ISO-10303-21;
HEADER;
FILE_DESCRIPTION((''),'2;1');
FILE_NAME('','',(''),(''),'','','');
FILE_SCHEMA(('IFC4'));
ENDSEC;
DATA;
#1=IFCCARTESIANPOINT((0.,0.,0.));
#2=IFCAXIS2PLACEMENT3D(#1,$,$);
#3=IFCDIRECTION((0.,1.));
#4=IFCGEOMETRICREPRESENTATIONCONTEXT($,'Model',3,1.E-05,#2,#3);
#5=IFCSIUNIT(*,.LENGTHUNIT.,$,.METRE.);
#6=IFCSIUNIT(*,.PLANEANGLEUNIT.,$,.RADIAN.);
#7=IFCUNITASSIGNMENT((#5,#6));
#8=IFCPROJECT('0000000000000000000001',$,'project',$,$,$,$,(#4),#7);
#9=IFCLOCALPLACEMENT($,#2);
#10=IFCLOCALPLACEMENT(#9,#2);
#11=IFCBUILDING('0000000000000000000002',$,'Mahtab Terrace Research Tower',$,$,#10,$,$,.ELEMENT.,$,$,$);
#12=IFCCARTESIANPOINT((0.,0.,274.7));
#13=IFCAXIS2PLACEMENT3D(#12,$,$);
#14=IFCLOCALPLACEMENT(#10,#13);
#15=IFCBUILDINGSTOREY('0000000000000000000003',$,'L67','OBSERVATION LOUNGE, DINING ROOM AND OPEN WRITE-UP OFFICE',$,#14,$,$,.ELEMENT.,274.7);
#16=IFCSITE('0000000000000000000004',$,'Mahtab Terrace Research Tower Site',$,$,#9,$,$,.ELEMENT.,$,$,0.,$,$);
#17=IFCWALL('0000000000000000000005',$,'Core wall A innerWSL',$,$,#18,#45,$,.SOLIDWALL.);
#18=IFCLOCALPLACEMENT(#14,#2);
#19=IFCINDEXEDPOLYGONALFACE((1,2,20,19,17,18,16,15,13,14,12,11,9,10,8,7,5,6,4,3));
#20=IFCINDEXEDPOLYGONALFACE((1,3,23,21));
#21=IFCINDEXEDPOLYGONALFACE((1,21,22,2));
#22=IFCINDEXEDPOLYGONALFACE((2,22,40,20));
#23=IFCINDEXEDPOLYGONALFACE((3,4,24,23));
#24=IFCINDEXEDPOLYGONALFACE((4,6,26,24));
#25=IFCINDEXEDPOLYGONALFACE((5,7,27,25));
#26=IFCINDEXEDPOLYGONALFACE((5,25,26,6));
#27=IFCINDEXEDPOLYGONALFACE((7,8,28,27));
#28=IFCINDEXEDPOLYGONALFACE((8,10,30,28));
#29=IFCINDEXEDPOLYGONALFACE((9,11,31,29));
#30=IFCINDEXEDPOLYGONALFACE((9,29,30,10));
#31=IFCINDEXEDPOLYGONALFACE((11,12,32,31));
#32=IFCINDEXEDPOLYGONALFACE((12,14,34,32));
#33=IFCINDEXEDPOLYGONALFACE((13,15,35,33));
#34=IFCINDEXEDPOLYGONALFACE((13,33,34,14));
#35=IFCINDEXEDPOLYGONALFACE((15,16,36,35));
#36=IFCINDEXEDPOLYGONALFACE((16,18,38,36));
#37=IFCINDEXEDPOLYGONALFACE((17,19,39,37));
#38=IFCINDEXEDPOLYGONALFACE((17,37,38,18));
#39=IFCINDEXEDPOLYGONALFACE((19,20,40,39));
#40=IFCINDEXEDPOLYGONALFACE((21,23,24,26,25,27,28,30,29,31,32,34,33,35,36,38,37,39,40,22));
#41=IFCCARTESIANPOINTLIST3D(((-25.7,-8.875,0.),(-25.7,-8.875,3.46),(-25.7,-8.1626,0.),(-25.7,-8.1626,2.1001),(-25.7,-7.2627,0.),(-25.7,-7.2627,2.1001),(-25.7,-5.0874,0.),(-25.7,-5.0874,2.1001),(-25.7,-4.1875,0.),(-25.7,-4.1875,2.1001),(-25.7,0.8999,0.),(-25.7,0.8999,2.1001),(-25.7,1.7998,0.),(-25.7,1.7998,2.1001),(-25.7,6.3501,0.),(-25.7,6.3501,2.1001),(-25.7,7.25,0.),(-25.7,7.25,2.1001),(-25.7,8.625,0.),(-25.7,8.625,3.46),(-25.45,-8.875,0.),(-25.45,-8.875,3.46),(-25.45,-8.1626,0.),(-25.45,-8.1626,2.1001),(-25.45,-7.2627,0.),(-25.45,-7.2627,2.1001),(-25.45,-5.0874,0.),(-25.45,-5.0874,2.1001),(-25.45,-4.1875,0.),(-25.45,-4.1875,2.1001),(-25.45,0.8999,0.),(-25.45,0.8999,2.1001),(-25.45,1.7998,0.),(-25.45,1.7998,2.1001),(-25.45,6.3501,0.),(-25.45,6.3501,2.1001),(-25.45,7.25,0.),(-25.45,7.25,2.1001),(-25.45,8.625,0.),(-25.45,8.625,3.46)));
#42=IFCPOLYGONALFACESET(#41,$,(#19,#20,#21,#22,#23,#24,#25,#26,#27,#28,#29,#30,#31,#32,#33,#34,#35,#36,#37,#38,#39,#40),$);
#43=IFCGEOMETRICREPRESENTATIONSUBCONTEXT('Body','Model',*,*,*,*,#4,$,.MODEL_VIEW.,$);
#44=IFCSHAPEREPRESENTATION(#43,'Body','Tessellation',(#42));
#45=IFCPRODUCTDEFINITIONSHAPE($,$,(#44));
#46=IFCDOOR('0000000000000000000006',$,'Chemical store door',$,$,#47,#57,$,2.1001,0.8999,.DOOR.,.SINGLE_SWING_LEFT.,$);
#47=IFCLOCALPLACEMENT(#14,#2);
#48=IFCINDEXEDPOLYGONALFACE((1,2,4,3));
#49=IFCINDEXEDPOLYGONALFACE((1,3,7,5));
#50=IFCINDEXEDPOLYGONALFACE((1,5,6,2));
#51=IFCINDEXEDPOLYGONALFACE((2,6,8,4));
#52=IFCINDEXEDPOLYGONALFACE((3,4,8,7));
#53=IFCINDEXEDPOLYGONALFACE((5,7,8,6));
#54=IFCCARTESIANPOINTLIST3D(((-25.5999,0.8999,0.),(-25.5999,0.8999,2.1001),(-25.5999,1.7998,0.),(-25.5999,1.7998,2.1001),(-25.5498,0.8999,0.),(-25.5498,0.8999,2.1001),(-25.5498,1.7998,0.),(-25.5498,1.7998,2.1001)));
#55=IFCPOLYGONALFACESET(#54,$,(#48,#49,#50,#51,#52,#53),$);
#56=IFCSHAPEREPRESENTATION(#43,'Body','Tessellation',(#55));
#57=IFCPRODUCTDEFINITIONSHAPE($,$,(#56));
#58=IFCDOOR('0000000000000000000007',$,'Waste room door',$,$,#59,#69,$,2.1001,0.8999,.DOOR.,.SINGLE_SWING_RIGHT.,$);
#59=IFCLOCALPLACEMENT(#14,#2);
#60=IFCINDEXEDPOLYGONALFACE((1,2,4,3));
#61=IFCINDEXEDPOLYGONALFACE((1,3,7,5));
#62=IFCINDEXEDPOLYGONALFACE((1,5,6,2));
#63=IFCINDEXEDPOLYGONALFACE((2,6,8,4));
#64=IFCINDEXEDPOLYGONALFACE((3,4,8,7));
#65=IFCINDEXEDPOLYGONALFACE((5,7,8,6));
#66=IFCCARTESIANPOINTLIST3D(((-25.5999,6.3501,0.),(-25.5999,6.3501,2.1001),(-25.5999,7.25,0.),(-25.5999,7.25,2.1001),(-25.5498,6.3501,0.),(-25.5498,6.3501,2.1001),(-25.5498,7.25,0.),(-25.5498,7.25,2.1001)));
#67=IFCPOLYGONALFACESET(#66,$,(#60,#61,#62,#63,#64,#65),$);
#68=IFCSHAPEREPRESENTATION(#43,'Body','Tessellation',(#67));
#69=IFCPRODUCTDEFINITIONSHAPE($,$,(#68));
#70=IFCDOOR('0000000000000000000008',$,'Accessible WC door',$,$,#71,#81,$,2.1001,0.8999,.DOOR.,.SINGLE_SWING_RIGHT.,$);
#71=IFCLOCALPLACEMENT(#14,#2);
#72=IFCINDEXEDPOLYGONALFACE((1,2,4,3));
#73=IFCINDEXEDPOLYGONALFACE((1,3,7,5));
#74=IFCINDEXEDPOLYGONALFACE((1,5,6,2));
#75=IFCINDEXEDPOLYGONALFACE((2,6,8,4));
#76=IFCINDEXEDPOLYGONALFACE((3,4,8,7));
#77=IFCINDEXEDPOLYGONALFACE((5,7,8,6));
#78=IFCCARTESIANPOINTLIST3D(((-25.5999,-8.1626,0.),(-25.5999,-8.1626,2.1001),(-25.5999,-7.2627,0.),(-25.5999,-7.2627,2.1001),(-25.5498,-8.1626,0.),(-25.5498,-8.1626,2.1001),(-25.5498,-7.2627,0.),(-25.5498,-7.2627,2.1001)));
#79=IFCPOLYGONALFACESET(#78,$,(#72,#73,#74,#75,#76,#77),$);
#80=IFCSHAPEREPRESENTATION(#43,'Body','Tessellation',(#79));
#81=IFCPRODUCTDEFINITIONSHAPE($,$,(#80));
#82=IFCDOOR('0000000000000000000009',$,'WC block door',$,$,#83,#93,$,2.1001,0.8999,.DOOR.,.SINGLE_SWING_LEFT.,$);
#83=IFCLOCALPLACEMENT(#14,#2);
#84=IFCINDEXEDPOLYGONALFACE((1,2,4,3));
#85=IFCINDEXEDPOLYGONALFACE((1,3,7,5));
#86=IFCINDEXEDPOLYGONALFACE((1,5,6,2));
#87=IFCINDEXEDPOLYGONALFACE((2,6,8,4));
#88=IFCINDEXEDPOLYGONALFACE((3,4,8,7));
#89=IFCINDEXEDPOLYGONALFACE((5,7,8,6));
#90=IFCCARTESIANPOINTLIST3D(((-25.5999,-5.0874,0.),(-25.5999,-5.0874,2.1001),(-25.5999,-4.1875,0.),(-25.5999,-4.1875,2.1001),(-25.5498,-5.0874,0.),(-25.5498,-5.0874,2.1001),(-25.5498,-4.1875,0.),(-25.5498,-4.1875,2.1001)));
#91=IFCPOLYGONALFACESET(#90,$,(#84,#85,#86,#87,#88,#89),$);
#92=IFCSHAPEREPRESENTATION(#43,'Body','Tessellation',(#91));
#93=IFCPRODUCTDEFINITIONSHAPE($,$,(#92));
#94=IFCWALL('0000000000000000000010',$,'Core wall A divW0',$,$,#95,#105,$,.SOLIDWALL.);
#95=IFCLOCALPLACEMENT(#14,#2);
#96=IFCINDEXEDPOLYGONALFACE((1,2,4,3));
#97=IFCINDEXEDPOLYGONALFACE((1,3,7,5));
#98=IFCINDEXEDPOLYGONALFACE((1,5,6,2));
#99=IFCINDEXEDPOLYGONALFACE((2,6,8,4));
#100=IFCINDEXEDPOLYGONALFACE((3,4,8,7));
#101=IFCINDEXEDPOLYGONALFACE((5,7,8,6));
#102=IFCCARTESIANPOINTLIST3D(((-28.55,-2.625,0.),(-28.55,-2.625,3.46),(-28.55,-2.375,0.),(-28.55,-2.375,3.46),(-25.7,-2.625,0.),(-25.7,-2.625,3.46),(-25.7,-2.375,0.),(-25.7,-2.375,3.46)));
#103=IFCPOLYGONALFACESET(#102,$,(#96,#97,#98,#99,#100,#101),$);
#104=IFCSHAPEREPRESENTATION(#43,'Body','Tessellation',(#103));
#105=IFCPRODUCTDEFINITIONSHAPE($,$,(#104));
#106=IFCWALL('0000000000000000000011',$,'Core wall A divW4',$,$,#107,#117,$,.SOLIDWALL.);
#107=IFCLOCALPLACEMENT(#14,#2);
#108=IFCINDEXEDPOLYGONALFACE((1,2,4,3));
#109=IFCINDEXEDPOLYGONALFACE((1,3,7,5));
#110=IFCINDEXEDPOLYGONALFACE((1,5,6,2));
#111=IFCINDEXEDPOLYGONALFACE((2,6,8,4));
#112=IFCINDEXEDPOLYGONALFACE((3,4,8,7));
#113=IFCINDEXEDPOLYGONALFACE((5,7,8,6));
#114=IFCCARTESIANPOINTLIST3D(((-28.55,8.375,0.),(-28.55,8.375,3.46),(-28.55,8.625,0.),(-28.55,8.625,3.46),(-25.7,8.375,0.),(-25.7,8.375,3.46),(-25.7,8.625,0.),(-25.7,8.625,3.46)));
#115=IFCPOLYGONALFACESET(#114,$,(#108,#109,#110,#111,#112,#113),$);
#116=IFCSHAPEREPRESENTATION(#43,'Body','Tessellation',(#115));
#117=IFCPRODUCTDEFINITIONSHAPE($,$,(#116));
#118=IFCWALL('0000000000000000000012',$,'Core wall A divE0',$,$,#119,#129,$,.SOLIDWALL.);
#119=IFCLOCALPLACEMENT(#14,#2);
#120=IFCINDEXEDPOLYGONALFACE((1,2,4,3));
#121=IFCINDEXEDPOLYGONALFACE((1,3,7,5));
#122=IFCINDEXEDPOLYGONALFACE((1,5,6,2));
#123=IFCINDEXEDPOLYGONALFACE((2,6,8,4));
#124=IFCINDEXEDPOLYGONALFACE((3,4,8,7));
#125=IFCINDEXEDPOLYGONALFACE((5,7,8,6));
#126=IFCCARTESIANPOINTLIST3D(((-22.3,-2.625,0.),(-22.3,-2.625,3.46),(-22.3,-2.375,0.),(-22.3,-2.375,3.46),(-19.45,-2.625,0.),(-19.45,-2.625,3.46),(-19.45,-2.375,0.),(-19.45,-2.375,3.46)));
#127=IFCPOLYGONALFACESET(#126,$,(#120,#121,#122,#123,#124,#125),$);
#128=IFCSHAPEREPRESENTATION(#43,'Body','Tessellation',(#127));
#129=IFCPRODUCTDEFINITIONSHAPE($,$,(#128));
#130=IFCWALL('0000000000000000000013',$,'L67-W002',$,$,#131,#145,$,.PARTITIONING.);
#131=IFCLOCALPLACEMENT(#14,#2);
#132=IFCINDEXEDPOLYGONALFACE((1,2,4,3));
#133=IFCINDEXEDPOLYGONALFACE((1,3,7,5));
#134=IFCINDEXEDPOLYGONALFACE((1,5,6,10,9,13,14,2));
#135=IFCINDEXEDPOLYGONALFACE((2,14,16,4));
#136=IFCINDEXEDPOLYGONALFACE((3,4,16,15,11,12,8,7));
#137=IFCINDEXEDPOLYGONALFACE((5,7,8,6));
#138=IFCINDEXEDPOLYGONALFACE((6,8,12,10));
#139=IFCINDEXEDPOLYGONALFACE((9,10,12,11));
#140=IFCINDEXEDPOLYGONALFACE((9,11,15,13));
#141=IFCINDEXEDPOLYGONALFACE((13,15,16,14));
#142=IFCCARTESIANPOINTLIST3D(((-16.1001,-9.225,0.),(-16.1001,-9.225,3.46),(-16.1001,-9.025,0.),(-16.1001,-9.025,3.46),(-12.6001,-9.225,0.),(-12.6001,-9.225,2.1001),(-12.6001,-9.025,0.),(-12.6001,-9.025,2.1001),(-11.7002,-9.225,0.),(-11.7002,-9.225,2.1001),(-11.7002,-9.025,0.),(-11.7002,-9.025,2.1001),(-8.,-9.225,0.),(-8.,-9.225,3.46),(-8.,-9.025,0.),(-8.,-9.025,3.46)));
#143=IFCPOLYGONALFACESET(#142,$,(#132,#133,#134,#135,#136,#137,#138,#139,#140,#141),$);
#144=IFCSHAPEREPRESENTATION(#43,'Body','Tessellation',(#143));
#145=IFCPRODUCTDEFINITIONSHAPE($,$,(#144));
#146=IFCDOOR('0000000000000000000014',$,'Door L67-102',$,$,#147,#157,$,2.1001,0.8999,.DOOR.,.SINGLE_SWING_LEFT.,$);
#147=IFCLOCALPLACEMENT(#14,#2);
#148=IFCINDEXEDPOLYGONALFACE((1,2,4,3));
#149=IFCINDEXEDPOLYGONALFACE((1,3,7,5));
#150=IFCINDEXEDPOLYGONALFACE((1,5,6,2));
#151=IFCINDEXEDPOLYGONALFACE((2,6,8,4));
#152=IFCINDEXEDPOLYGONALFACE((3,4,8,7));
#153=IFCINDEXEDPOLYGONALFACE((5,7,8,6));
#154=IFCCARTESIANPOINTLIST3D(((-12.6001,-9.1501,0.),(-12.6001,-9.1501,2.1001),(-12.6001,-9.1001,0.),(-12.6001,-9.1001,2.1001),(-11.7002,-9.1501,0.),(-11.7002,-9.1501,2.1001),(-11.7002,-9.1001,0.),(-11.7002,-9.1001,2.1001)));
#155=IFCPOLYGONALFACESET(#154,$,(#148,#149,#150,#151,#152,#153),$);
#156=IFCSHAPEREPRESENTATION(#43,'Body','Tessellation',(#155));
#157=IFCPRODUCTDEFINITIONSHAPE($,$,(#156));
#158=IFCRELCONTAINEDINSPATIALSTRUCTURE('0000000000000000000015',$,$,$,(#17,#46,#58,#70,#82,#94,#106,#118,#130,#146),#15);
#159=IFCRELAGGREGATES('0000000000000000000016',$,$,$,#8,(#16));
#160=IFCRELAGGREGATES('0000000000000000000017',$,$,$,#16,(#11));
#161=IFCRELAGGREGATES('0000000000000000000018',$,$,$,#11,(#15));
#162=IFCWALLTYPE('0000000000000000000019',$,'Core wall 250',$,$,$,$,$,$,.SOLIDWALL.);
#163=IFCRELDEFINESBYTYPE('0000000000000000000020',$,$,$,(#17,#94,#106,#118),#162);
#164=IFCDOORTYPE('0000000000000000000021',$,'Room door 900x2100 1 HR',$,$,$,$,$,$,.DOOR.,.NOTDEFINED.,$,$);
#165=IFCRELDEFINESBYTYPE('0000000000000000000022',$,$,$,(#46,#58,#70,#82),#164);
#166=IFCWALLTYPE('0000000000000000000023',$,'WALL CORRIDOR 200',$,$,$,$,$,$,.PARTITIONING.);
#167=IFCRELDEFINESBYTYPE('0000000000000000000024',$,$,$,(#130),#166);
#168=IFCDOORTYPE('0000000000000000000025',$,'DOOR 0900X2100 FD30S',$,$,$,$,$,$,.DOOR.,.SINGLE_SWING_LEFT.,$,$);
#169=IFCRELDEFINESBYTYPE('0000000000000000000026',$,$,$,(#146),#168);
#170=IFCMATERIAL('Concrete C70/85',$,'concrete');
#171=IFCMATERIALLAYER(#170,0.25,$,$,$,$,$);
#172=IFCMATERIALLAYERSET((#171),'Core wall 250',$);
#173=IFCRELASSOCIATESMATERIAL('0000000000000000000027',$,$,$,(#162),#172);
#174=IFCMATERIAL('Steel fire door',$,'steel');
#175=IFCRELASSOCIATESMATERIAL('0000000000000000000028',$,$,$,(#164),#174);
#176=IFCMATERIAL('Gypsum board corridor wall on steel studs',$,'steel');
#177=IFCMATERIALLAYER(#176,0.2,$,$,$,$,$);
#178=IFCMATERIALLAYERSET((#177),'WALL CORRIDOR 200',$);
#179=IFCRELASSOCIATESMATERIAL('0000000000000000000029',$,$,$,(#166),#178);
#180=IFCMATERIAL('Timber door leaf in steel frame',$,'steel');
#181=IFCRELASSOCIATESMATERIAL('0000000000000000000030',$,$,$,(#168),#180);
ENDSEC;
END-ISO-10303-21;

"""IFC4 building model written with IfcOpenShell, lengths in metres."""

from ifc_helpers import new_model, si_unit, direction, frame, frame_2d, origin, place, context, subcontext, project, spatial, rectangle, extrude, material, layer, layer_set, type_object, element, fill, save


model = new_model("IFC4")

# Units and contexts
model_context = context("Model", 3, precision=1e-05, world=origin(), true_north=direction((0.0, 1.0)))
body_context = subcontext(model_context, "Body", "Model", "MODEL_VIEW")
ifc_project = project(units=[si_unit("LENGTHUNIT", "METRE"), si_unit("PLANEANGLEUNIT", "RADIAN")], contexts=[model_context])

# Site, building, storey
site_placement = place(None, origin())
site = spatial("IfcSite", under=ifc_project, at=site_placement, Name="Mahtab Terrace Research Tower Site", CompositionType="ELEMENT", RefElevation=0.0)
building_placement = place(site_placement, origin())
building = spatial("IfcBuilding", under=site, at=building_placement, Name="Mahtab Terrace Research Tower", CompositionType="ELEMENT")
storey_placement = place(building_placement, frame((0.0, 0.0, 274.7)))
storey = spatial("IfcBuildingStorey", under=building, at=storey_placement, Name="L67", Description="OBSERVATION LOUNGE, DINING ROOM AND OPEN WRITE-UP OFFICE", CompositionType="ELEMENT", Elevation=274.7)

# Shared definitions
ifc_material_1 = material(Name="Concrete C70/85", Category="concrete")

# Shared definitions
ifc_layer_1 = layer(ifc_material_1, 0.25)
ifc_layer_set_1 = layer_set([ifc_layer_1], Name="Core wall 250")
wall_type_1 = type_object("IfcWallType", Name="Core wall 250", PredefinedType="SOLIDWALL", material=ifc_layer_set_1)

# Shared definitions
ifc_material_2 = material(Name="Steel fire door", Category="steel")

# Wall, openings, doors
wall_1_placement = place(storey_placement, frame((-25.575, -8.875, 0.0), z_axis=(0.0, 0.0, 1.0), x_axis=(0.0, 1.0, 0.0)))
wall_1 = element("IfcWall", 1, at=wall_1_placement, inside=storey, type_object=wall_type_1, Name="Core wall A innerWSL", PredefinedType="SOLIDWALL", context=body_context, shape_type="SweptSolid", body=[
    extrude(rectangle(XDim=17.5, YDim=0.25, at=frame_2d((8.75, 0.0))), origin(), (0.0, 0.0, 1.0), 3.46),
])
opening_1_placement = place(wall_1_placement, frame((9.7749, 0.0, 0.0)))
opening_1 = element("IfcOpeningElement", 2, at=opening_1_placement, cuts=wall_1, PredefinedType="OPENING", context=body_context, shape_type="SweptSolid", body=[
    extrude(rectangle(XDim=0.8999, YDim=2.1001, at=frame_2d((0.45, 1.05))), frame((0.0, 0.135, 0.0), z_axis=(0.0, -1.0, 0.0), x_axis=(1.0, 0.0, 0.0)), (0.0, 0.0, 1.0), 0.27),
])
opening_2_placement = place(wall_1_placement, frame((15.2251, 0.0, 0.0)))
opening_2 = element("IfcOpeningElement", 3, at=opening_2_placement, cuts=wall_1, PredefinedType="OPENING", context=body_context, shape_type="SweptSolid", body=[
    extrude(rectangle(XDim=0.8999, YDim=2.1001, at=frame_2d((0.45, 1.05))), frame((0.0, 0.135, 0.0), z_axis=(0.0, -1.0, 0.0), x_axis=(1.0, 0.0, 0.0)), (0.0, 0.0, 1.0), 0.27),
])
opening_3_placement = place(wall_1_placement, frame((0.7124, 0.0, 0.0)))
opening_3 = element("IfcOpeningElement", 4, at=opening_3_placement, cuts=wall_1, PredefinedType="OPENING", context=body_context, shape_type="SweptSolid", body=[
    extrude(rectangle(XDim=0.8999, YDim=2.1001, at=frame_2d((0.45, 1.05))), frame((0.0, 0.135, 0.0), z_axis=(0.0, -1.0, 0.0), x_axis=(1.0, 0.0, 0.0)), (0.0, 0.0, 1.0), 0.27),
])
opening_4_placement = place(wall_1_placement, frame((3.7876, 0.0, 0.0)))
opening_4 = element("IfcOpeningElement", 5, at=opening_4_placement, cuts=wall_1, PredefinedType="OPENING", context=body_context, shape_type="SweptSolid", body=[
    extrude(rectangle(XDim=0.8999, YDim=2.1001, at=frame_2d((0.45, 1.05))), frame((0.0, 0.135, 0.0), z_axis=(0.0, -1.0, 0.0), x_axis=(1.0, 0.0, 0.0)), (0.0, 0.0, 1.0), 0.27),
])
door_type_1 = type_object("IfcDoorType", Name="Room door 900x2100 1 HR", OperationType="NOTDEFINED", PredefinedType="DOOR", material=ifc_material_2)
door_1_placement = place(opening_1_placement, origin())
door_1 = element("IfcDoor", 6, at=door_1_placement, inside=storey, type_object=door_type_1, Name="Chemical store door", OperationType="SINGLE_SWING_LEFT", OverallHeight=2.1001, OverallWidth=0.8999, PredefinedType="DOOR", context=body_context, shape_type="SweptSolid", body=[
    extrude(rectangle(XDim=0.8999, YDim=2.1001, at=frame_2d((0.45, 1.05))), frame((0.0, 0.0249, 0.0), z_axis=(0.0, -1.0, 0.0), x_axis=(1.0, 0.0, 0.0)), (0.0, 0.0, 1.0), 0.05),
])
fill(opening_1, door_1)
door_2_placement = place(opening_2_placement, origin())
door_2 = element("IfcDoor", 7, at=door_2_placement, inside=storey, type_object=door_type_1, Name="Waste room door", OperationType="SINGLE_SWING_RIGHT", OverallHeight=2.1001, OverallWidth=0.8999, PredefinedType="DOOR", context=body_context, shape_type="SweptSolid", body=[
    extrude(rectangle(XDim=0.8999, YDim=2.1001, at=frame_2d((0.45, 1.05))), frame((0.0, 0.0249, 0.0), z_axis=(0.0, -1.0, 0.0), x_axis=(1.0, 0.0, 0.0)), (0.0, 0.0, 1.0), 0.05),
])
fill(opening_2, door_2)
door_3_placement = place(opening_3_placement, origin())
door_3 = element("IfcDoor", 8, at=door_3_placement, inside=storey, type_object=door_type_1, Name="Accessible WC door", OperationType="SINGLE_SWING_RIGHT", OverallHeight=2.1001, OverallWidth=0.8999, PredefinedType="DOOR", context=body_context, shape_type="SweptSolid", body=[
    extrude(rectangle(XDim=0.8999, YDim=2.1001, at=frame_2d((0.45, 1.05))), frame((0.0, 0.0249, 0.0), z_axis=(0.0, -1.0, 0.0), x_axis=(1.0, 0.0, 0.0)), (0.0, 0.0, 1.0), 0.05),
])
fill(opening_3, door_3)
door_4_placement = place(opening_4_placement, origin())
door_4 = element("IfcDoor", 9, at=door_4_placement, inside=storey, type_object=door_type_1, Name="WC block door", OperationType="SINGLE_SWING_LEFT", OverallHeight=2.1001, OverallWidth=0.8999, PredefinedType="DOOR", context=body_context, shape_type="SweptSolid", body=[
    extrude(rectangle(XDim=0.8999, YDim=2.1001, at=frame_2d((0.45, 1.05))), frame((0.0, 0.0249, 0.0), z_axis=(0.0, -1.0, 0.0), x_axis=(1.0, 0.0, 0.0)), (0.0, 0.0, 1.0), 0.05),
])
fill(opening_4, door_4)

# Walls
for number, where, z_axis, x_axis, name in (
    (10, (-28.55, -2.5, 0.0), (0.0, 0.0, 1.0), (1.0, 0.0, 0.0), "Core wall A divW0"),
    (11, (-28.55, 8.5, 0.0), (0.0, 0.0, 1.0), (1.0, 0.0, 0.0), "Core wall A divW4"),
    (12, (-22.3, -2.5, 0.0), (0.0, 0.0, 1.0), (1.0, 0.0, 0.0), "Core wall A divE0"),
):
    element("IfcWall", number, at=place(storey_placement, frame(where, z_axis=z_axis, x_axis=x_axis)), inside=storey, type_object=wall_type_1, Name=name, PredefinedType="SOLIDWALL", context=body_context, shape_type="SweptSolid", body=[
        extrude(rectangle(XDim=2.8501, YDim=0.25, at=frame_2d((1.425, 0.0))), origin(), (0.0, 0.0, 1.0), 3.46),
    ])

# Wall, opening, door
ifc_material_3 = material(Name="Gypsum board corridor wall on steel studs", Category="steel")
ifc_layer_2 = layer(ifc_material_3, 0.2)
ifc_layer_set_2 = layer_set([ifc_layer_2], Name="WALL CORRIDOR 200")
wall_type_2 = type_object("IfcWallType", Name="WALL CORRIDOR 200", PredefinedType="PARTITIONING", material=ifc_layer_set_2)
wall_2_placement = place(storey_placement, frame((-16.1001, -9.125, 0.0), z_axis=(0.0, 0.0, 1.0), x_axis=(1.0, 0.0, 0.0)))
wall_2 = element("IfcWall", 13, at=wall_2_placement, inside=storey, type_object=wall_type_2, Name="L67-W002", PredefinedType="PARTITIONING", context=body_context, shape_type="SweptSolid", body=[
    extrude(rectangle(XDim=8.1001, YDim=0.2, at=frame_2d((4.05, 0.0))), origin(), (0.0, 0.0, 1.0), 3.46),
])
opening_5_placement = place(wall_2_placement, frame((3.5, 0.0, 0.0)))
opening_5 = element("IfcOpeningElement", 14, at=opening_5_placement, cuts=wall_2, PredefinedType="OPENING", context=body_context, shape_type="SweptSolid", body=[
    extrude(rectangle(XDim=0.8999, YDim=2.1001, at=frame_2d((0.45, 1.05))), frame((0.0, 0.1099, 0.0), z_axis=(0.0, -1.0, 0.0), x_axis=(1.0, 0.0, 0.0)), (0.0, 0.0, 1.0), 0.22),
])
ifc_material_4 = material(Name="Timber door leaf in steel frame", Category="steel")
door_type_2 = type_object("IfcDoorType", Name="DOOR 0900X2100 FD30S", OperationType="SINGLE_SWING_LEFT", PredefinedType="DOOR", material=ifc_material_4)
door_5_placement = place(opening_5_placement, origin())
door_5 = element("IfcDoor", 15, at=door_5_placement, inside=storey, type_object=door_type_2, Name="Door L67-102", OperationType="SINGLE_SWING_LEFT", OverallHeight=2.1001, OverallWidth=0.8999, PredefinedType="DOOR", context=body_context, shape_type="SweptSolid", body=[
    extrude(rectangle(XDim=0.8999, YDim=2.1001, at=frame_2d((0.45, 1.05))), frame((0.0, 0.0249, 0.0), z_axis=(0.0, -1.0, 0.0), x_axis=(1.0, 0.0, 0.0)), (0.0, 0.0, 1.0), 0.05),
])
fill(opening_5, door_5)

save(model, "model.ifc")
